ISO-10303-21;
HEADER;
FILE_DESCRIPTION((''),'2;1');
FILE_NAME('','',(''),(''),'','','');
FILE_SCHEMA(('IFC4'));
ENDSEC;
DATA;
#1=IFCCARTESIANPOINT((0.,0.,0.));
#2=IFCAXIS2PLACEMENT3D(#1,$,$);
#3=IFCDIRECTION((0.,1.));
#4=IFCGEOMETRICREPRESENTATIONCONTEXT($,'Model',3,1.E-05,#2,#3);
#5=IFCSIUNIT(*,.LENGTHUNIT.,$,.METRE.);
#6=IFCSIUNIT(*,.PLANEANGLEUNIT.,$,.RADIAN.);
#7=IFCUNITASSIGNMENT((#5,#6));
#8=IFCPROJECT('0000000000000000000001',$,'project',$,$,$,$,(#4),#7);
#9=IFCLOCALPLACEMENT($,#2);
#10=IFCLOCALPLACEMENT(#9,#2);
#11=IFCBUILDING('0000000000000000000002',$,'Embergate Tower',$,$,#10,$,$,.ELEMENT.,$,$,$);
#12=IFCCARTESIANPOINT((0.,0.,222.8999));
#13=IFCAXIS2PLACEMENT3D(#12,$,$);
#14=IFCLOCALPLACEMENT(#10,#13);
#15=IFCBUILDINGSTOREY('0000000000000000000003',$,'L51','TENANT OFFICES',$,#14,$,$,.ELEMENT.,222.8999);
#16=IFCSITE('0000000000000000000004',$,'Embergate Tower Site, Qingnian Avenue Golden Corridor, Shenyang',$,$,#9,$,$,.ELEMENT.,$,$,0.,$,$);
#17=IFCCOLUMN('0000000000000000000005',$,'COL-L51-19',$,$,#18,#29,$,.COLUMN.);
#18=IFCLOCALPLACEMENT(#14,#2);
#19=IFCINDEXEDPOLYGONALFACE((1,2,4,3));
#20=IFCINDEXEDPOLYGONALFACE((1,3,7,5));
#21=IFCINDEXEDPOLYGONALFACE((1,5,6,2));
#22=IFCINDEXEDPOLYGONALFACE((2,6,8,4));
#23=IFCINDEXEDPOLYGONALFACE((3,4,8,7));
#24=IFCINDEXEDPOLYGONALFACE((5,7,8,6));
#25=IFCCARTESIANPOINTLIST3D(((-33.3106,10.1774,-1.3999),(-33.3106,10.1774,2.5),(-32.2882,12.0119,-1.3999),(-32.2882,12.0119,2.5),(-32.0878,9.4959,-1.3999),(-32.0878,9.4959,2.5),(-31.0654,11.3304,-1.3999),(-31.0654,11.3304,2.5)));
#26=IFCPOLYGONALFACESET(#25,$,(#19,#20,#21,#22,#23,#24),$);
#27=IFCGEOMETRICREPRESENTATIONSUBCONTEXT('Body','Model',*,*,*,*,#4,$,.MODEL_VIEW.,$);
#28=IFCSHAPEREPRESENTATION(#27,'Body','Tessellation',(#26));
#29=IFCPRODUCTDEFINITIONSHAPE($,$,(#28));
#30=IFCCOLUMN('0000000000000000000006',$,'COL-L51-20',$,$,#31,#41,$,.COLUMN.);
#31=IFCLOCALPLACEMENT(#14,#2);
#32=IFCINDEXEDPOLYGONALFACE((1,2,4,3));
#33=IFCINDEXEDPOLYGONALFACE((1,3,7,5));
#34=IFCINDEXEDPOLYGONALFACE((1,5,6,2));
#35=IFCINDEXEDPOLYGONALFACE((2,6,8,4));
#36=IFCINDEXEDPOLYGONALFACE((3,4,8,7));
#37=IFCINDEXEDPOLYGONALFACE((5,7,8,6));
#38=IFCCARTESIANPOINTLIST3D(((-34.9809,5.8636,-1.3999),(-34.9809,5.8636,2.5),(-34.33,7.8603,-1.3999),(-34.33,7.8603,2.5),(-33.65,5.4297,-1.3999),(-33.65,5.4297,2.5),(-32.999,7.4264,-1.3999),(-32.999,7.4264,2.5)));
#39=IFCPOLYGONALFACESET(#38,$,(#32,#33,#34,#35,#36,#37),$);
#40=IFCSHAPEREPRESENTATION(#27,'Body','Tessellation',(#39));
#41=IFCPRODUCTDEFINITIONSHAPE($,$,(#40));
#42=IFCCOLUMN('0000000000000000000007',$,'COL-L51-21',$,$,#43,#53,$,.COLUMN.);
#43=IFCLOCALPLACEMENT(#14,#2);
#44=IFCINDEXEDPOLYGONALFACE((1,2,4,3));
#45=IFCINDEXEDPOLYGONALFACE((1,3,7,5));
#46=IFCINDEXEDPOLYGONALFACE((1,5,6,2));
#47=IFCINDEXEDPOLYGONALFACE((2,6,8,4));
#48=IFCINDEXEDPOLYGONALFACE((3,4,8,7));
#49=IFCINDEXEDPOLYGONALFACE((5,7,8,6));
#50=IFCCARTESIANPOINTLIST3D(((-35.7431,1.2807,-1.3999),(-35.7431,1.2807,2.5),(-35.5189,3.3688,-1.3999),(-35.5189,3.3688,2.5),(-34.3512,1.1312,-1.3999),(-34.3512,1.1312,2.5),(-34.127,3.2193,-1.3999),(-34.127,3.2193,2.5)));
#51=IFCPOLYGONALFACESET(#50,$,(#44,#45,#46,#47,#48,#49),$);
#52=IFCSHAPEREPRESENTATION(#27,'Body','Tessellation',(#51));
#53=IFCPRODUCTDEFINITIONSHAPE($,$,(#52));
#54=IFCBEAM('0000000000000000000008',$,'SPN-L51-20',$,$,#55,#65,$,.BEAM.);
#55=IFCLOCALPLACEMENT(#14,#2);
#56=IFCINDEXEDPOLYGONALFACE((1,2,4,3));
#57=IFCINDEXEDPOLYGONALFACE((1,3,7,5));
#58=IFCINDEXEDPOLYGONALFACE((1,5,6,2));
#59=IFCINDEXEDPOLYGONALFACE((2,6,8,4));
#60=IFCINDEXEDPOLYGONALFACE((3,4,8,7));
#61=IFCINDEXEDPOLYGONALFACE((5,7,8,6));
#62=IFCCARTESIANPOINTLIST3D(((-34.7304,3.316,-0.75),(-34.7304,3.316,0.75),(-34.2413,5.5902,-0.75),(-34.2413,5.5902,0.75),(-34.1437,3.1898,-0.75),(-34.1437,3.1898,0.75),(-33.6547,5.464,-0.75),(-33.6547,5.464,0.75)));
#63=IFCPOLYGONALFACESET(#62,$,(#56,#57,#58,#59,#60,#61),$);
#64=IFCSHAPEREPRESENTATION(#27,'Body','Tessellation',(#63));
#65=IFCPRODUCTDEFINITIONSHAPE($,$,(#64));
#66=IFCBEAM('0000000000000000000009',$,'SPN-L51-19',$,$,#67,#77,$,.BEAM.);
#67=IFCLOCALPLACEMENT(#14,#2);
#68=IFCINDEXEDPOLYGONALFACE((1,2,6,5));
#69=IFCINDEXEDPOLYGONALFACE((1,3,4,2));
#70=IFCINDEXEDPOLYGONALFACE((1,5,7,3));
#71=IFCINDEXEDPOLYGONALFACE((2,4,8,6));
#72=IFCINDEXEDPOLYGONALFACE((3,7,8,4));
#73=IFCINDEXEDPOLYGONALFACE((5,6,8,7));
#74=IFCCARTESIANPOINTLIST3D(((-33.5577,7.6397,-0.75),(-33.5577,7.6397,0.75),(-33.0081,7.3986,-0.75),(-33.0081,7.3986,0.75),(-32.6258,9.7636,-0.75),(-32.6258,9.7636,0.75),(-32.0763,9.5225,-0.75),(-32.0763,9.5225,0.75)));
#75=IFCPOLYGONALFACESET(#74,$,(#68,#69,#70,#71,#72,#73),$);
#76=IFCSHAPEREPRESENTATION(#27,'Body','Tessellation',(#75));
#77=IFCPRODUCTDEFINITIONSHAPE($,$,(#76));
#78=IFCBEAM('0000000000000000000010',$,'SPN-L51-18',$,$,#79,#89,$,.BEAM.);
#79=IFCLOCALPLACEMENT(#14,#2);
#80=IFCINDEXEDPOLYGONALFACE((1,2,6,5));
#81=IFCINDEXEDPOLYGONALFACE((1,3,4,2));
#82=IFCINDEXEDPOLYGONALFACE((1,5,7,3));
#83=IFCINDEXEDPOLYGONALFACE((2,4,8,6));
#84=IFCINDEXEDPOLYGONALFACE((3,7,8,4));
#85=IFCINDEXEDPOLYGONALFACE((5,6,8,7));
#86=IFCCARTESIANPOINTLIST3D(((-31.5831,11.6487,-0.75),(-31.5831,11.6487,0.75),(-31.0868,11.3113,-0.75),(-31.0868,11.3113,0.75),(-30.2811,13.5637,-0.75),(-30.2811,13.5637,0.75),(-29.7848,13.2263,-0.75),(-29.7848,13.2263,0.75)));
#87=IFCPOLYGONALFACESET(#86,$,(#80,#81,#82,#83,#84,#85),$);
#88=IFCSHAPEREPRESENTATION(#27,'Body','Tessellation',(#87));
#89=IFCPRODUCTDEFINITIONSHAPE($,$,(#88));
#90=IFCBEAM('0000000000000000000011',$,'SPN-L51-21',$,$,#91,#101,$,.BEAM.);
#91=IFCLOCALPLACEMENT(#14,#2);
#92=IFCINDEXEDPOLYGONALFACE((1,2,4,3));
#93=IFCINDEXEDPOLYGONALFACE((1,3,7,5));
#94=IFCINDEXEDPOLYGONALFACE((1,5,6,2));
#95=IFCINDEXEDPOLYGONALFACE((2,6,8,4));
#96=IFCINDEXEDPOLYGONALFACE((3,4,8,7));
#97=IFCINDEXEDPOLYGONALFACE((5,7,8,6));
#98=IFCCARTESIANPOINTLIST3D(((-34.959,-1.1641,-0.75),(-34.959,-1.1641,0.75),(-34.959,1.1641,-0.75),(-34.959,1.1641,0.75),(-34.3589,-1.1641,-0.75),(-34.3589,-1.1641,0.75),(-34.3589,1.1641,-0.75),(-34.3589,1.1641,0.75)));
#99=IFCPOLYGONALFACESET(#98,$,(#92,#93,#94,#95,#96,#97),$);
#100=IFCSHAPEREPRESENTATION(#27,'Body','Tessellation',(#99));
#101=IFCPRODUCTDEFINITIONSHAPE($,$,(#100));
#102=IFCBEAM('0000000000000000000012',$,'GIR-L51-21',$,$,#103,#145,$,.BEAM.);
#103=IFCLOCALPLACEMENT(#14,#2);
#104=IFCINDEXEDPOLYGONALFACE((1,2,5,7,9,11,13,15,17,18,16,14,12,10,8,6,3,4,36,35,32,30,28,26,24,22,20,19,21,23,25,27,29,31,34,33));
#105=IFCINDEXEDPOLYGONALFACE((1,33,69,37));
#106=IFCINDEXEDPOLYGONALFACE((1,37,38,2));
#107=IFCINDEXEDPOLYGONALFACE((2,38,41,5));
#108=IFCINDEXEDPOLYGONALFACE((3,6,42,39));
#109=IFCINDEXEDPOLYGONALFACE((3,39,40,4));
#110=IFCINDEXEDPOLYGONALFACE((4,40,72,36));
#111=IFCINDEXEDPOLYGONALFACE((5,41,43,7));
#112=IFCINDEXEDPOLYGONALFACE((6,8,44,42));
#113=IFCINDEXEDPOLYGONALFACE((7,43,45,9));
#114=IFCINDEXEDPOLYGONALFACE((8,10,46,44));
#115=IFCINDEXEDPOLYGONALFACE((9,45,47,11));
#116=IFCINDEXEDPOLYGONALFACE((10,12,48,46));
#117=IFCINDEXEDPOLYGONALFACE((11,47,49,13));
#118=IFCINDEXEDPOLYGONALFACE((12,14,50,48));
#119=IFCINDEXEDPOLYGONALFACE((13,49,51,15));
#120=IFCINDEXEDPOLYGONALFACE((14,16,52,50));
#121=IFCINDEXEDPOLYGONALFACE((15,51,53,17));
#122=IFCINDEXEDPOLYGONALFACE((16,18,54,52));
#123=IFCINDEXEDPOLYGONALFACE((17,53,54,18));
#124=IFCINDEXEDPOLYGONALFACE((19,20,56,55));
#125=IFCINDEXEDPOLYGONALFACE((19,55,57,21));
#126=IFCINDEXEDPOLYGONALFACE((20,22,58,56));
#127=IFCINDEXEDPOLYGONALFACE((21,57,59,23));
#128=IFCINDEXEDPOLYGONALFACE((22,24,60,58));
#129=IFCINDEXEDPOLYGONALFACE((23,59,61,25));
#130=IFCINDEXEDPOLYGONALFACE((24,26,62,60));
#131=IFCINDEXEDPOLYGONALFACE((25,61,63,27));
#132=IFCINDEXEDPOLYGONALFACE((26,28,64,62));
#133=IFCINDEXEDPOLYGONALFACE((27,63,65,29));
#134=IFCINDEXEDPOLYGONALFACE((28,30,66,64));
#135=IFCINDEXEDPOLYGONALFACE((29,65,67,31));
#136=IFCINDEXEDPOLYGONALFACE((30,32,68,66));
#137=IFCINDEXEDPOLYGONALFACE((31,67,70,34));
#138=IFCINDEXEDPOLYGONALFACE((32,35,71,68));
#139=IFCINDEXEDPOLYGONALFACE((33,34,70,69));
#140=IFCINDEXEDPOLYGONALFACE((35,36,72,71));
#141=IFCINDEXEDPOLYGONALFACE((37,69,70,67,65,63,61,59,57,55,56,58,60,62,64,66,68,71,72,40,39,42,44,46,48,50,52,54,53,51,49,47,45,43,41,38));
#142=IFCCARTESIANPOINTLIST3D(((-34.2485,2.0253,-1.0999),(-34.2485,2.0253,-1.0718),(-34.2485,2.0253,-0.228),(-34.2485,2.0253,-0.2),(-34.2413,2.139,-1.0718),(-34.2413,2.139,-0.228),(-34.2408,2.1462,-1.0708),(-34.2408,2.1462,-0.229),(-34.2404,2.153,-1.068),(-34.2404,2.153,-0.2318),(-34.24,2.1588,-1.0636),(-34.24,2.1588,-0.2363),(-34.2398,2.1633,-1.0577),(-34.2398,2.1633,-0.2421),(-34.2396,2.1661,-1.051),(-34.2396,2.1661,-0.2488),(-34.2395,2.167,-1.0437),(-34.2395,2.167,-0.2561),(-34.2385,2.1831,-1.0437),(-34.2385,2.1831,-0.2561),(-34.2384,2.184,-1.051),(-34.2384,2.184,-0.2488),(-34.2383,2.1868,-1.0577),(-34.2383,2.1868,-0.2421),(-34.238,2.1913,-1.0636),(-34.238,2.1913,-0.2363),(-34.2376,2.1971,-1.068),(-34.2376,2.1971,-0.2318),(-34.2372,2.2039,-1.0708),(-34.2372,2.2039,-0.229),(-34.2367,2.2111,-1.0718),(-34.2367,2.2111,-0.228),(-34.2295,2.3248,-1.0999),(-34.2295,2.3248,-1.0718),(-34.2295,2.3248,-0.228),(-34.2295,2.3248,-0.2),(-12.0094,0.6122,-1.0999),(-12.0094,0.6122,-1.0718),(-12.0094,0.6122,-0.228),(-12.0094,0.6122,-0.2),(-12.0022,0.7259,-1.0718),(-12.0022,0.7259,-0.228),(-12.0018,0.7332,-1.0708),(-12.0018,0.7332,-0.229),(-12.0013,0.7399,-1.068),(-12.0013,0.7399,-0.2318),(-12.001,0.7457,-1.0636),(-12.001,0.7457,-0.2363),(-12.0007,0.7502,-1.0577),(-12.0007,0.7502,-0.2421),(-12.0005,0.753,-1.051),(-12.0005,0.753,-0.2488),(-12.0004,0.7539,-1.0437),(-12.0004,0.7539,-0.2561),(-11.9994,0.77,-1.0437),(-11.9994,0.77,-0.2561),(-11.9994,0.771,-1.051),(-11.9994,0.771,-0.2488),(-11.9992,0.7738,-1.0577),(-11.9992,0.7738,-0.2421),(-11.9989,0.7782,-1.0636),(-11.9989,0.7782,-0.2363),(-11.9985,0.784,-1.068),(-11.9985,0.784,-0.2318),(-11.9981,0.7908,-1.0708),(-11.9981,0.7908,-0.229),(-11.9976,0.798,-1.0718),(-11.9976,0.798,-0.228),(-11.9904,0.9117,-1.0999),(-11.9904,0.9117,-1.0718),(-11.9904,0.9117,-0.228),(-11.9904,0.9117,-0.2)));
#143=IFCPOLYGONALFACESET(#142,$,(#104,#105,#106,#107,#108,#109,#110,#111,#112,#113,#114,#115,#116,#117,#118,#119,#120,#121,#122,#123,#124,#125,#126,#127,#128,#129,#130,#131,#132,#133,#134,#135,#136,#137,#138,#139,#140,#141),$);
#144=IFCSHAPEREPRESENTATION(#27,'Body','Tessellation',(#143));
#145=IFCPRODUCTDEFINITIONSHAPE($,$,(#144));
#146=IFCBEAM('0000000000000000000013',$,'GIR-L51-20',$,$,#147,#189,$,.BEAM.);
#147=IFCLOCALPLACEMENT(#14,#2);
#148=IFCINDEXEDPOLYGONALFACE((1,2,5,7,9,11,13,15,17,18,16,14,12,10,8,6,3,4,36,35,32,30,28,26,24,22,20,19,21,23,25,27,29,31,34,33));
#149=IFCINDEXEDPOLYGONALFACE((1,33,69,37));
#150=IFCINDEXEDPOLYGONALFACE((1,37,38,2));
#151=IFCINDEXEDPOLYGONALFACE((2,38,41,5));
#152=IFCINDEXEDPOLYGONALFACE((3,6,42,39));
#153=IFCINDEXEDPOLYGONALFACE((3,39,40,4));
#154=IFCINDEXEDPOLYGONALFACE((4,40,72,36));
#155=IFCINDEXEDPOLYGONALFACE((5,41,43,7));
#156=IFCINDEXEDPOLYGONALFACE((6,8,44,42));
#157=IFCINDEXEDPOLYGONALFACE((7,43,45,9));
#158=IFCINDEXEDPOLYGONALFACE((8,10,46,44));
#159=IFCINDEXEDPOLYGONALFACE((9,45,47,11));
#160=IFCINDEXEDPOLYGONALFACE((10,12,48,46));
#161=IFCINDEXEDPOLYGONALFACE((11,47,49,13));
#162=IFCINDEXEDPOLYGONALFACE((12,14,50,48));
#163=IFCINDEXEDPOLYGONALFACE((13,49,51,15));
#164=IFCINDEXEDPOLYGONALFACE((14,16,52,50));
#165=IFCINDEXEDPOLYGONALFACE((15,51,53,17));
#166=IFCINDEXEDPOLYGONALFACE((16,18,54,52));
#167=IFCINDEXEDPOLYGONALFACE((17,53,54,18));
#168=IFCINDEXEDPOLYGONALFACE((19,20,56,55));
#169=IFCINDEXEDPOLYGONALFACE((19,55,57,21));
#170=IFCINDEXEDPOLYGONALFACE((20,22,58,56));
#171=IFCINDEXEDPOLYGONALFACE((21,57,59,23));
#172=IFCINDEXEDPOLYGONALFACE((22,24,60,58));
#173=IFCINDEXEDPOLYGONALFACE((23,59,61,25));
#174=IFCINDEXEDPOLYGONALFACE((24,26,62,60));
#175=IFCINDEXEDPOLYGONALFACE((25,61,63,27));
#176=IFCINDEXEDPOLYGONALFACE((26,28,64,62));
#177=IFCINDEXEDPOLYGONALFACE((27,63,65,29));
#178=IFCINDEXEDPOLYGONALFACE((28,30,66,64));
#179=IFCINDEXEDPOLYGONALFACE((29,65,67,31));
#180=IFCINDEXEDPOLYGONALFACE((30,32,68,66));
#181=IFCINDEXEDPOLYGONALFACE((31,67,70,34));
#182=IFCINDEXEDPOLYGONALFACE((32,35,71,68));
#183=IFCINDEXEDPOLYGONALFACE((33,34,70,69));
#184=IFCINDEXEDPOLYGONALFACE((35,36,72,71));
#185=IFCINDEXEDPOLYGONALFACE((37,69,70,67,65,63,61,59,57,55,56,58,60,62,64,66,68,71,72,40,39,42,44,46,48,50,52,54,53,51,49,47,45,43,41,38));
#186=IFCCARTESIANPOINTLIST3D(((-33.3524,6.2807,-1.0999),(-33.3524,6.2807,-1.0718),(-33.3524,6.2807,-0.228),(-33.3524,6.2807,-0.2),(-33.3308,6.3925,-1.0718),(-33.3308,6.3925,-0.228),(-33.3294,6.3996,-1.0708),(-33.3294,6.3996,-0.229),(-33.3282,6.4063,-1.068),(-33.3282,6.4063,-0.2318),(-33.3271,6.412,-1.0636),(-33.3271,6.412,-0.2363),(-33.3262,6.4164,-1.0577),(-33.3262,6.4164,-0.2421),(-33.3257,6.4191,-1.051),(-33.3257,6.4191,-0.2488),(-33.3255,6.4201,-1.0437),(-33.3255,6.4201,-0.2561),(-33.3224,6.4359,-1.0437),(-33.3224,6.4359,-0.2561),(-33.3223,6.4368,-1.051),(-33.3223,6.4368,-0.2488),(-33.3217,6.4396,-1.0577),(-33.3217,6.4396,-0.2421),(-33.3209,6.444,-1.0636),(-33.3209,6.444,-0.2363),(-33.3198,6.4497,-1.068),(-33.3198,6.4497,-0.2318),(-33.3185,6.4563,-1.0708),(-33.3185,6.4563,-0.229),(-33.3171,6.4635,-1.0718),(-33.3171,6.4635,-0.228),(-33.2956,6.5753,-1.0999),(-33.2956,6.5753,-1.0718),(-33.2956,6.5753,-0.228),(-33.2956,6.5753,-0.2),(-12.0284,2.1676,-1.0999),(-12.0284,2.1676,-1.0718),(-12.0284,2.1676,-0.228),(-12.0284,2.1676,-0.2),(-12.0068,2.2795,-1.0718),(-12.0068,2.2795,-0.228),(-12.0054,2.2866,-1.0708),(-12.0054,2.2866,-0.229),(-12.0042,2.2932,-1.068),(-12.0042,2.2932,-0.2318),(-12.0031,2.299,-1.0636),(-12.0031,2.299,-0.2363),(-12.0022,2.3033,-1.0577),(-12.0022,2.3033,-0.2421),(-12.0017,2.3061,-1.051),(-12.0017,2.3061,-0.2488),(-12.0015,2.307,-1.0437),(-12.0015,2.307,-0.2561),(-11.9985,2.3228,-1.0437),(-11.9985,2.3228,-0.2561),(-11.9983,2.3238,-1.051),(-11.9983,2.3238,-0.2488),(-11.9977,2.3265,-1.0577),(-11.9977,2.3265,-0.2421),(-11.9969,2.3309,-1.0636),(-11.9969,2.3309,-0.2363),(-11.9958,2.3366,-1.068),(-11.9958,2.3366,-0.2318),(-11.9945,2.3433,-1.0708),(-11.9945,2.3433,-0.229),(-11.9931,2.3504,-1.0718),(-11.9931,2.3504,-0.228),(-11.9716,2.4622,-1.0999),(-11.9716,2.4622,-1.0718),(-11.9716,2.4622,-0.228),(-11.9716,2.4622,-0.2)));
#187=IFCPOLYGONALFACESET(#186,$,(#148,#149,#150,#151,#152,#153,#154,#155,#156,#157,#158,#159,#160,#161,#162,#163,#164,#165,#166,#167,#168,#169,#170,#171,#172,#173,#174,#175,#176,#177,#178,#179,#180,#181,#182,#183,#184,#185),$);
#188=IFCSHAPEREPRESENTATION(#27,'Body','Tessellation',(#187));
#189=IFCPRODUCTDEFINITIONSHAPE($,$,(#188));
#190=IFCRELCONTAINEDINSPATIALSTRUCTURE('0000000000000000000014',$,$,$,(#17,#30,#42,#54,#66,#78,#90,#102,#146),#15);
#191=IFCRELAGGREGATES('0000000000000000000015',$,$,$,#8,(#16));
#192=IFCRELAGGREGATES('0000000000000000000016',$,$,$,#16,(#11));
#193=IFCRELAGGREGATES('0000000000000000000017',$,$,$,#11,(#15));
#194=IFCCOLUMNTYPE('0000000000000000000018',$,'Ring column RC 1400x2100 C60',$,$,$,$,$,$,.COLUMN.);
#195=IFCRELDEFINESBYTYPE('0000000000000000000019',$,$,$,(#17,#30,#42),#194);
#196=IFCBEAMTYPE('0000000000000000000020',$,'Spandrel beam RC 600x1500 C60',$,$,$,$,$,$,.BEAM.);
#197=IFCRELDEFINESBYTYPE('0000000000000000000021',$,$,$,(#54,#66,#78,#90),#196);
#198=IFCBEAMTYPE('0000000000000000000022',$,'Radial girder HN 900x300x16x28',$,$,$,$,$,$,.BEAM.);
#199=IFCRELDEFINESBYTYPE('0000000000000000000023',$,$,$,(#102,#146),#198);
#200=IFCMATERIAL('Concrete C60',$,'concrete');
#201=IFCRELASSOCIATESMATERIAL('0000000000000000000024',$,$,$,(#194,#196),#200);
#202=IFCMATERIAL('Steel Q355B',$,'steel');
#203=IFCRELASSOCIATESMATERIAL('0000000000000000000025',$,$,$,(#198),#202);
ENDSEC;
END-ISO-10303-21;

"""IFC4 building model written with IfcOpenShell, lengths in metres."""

from ifc_helpers import new_model, si_unit, direction, frame, origin, origin_2d, place, context, subcontext, project, spatial, rectangle, i_section, extrude, source, transform, mapped, material, material_profile, profile_set, type_object, element, save


model = new_model("IFC4")

# Units and contexts
model_context = context("Model", 3, precision=1e-05, world=origin(), true_north=direction((0.0, 1.0)))
body_context = subcontext(model_context, "Body", "Model", "MODEL_VIEW")
ifc_project = project(units=[si_unit("LENGTHUNIT", "METRE"), si_unit("PLANEANGLEUNIT", "RADIAN")], contexts=[model_context])

# Site, building, storey
site_placement = place(None, origin())
site = spatial("IfcSite", under=ifc_project, at=site_placement, Name="Embergate Tower Site, Qingnian Avenue Golden Corridor, Shenyang", CompositionType="ELEMENT", RefElevation=0.0)
building_placement = place(site_placement, origin())
building = spatial("IfcBuilding", under=site, at=building_placement, Name="Embergate Tower", CompositionType="ELEMENT")
storey_placement = place(building_placement, frame((0.0, 0.0, 222.8999)))
storey = spatial("IfcBuildingStorey", under=building, at=storey_placement, Name="L51", Description="TENANT OFFICES", CompositionType="ELEMENT", Elevation=222.8999)

# Columns
ifc_material_1 = material(Name="Concrete C60", Category="concrete")
ifc_material_profile_1 = material_profile(ifc_material_1, rectangle(XDim=1.3999, YDim=2.1001, at=origin_2d()), Name="RC 1400x2100")
ifc_profile_set_1 = profile_set([ifc_material_profile_1], Name="Concrete C60")
column_type = type_object("IfcColumnType", Name="Ring column RC 1400x2100 C60", PredefinedType="COLUMN", material=ifc_profile_set_1)
shared_shape_1 = source(origin(), body_context, "Body", "SweptSolid", [
    extrude(rectangle(XDim=1.3999, YDim=2.1001, at=origin_2d()), origin(), (0.0, 0.0, 1.0), 3.8999),
])
for number, where, z_axis, x_axis, name in (
    (1, (-32.188, 10.7539, -1.3999), (0.0, 0.0, 1.0), (-0.8735, 0.486823, 0.0), "COL-L51-19"),
    (2, (-33.99, 6.645, -1.3999), (0.0, 0.0, 1.0), (-0.950754, 0.309946, 0.0), "COL-L51-20"),
    (3, (-34.9351, 2.25, -1.3999), (0.0, 0.0, 1.0), (-0.994286, 0.10675, 0.0), "COL-L51-21"),
):
    element("IfcColumn", number, at=place(storey_placement, frame(where, z_axis=z_axis, x_axis=x_axis)), inside=storey, type_object=column_type, Name=name, PredefinedType="COLUMN", context=body_context, shape_type="MappedRepresentation", body=[
        mapped(shared_shape_1, transform((0.0, 0.0, 0.0))),
    ])

# Beams
ifc_material_profile_2 = material_profile(ifc_material_1, rectangle(XDim=0.6001, YDim=1.5, at=origin_2d()), Name="RC 600x1500")
ifc_profile_set_2 = profile_set([ifc_material_profile_2], Name="Concrete C60")
beam_type_1 = type_object("IfcBeamType", Name="Spandrel beam RC 600x1500 C60", PredefinedType="BEAM", material=ifc_profile_set_2)
shared_shape_2 = source(origin(), body_context, "Body", "SweptSolid", [
    extrude(rectangle(XDim=0.6001, YDim=1.5, at=origin_2d()), origin(), (0.0, 0.0, 1.0), 2.3262),
])
beam_1_placement = place(storey_placement, frame((-33.948, 5.5271, 0.0), z_axis=(-0.210224, -0.977653, 0.0), x_axis=(0.977653, -0.210224, 0.0)))
element("IfcBeam", 4, at=beam_1_placement, inside=storey, type_object=beam_type_1, Name="SPN-L51-20", PredefinedType="BEAM", context=body_context, shape_type="MappedRepresentation", body=[
    mapped(shared_shape_2, transform((0.0, 0.0, 0.0))),
])
shared_shape_3 = source(origin(), body_context, "Body", "SweptSolid", [
    extrude(rectangle(XDim=0.6001, YDim=1.5, at=origin_2d()), origin(), (0.0, 0.0, 1.0), 2.3193),
])
beam_2_placement = place(storey_placement, frame((-32.3511, 9.6431, 0.0), z_axis=(-0.401768, -0.915741, 0.0), x_axis=(0.915741, -0.401768, 0.0)))
element("IfcBeam", 5, at=beam_2_placement, inside=storey, type_object=beam_type_1, Name="SPN-L51-19", PredefinedType="BEAM", context=body_context, shape_type="MappedRepresentation", body=[
    mapped(shared_shape_3, transform((0.0, 0.0, 0.0))),
])
shared_shape_4 = source(origin(), body_context, "Body", "SweptSolid", [
    extrude(rectangle(XDim=0.6001, YDim=1.5, at=origin_2d()), origin(), (0.0, 0.0, 1.0), 2.3157),
])
beam_3_placement = place(storey_placement, frame((-30.033, 13.395, 0.0), z_axis=(-0.562244, -0.826972, 0.0), x_axis=(0.826972, -0.562244, 0.0)))
element("IfcBeam", 6, at=beam_3_placement, inside=storey, type_object=beam_type_1, Name="SPN-L51-18", PredefinedType="BEAM", context=body_context, shape_type="MappedRepresentation", body=[
    mapped(shared_shape_4, transform((0.0, 0.0, 0.0))),
])
shared_shape_5 = source(origin(), body_context, "Body", "SweptSolid", [
    extrude(rectangle(XDim=0.6001, YDim=1.5, at=origin_2d()), origin(), (0.0, 0.0, 1.0), 2.3281),
])
beam_4_placement = place(storey_placement, frame((-34.6589, 1.1641, 0.0), z_axis=(0.0, -1.0, 0.0), x_axis=(1.0, 0.0, 0.0)))
element("IfcBeam", 7, at=beam_4_placement, inside=storey, type_object=beam_type_1, Name="SPN-L51-21", PredefinedType="BEAM", context=body_context, shape_type="MappedRepresentation", body=[
    mapped(shared_shape_5, transform((0.0, 0.0, 0.0))),
])
ifc_material_2 = material(Name="Steel Q355B", Category="steel")
ifc_material_profile_3 = material_profile(ifc_material_2, i_section(OverallWidth=0.3, OverallDepth=0.8999, WebThickness=0.0161, FlangeThickness=0.0281, FilletRadius=0.0281, at=origin_2d()), Name="HN 900x300x16x28")
ifc_profile_set_3 = profile_set([ifc_material_profile_3], Name="Steel Q355 grade B")
beam_type_2 = type_object("IfcBeamType", Name="Radial girder HN 900x300x16x28", PredefinedType="BEAM", material=ifc_profile_set_3)
shared_shape_6 = source(origin(), body_context, "Body", "SweptSolid", [
    extrude(i_section(OverallWidth=0.3, OverallDepth=0.8999, WebThickness=0.0161, FlangeThickness=0.0281, FilletRadius=0.0281, at=origin_2d()), origin(), (0.0, 0.0, 1.0), 22.2839),
])
beam_5_placement = place(storey_placement, frame((-34.239, 2.175, -0.6499), z_axis=(0.997987, -0.063413, 0.0), x_axis=(0.063413, 0.997987, 0.0)))
element("IfcBeam", 8, at=beam_5_placement, inside=storey, type_object=beam_type_2, Name="GIR-L51-21", PredefinedType="BEAM", context=body_context, shape_type="MappedRepresentation", body=[
    mapped(shared_shape_6, transform((0.0, 0.0, 0.0))),
])
shared_shape_7 = source(origin(), body_context, "Body", "SweptSolid", [
    extrude(i_section(OverallWidth=0.3, OverallDepth=0.8999, WebThickness=0.0161, FlangeThickness=0.0281, FilletRadius=0.0281, at=origin_2d()), origin(), (0.0, 0.0, 1.0), 21.717),
])
beam_6_placement = place(storey_placement, frame((-33.324, 6.428, -0.6499), z_axis=(0.981901, -0.189392, 0.0), x_axis=(0.189392, 0.981901, 0.0)))
element("IfcBeam", 9, at=beam_6_placement, inside=storey, type_object=beam_type_2, Name="GIR-L51-20", PredefinedType="BEAM", context=body_context, shape_type="MappedRepresentation", body=[
    mapped(shared_shape_7, transform((0.0, 0.0, 0.0))),
])

save(model, "model.ifc")
